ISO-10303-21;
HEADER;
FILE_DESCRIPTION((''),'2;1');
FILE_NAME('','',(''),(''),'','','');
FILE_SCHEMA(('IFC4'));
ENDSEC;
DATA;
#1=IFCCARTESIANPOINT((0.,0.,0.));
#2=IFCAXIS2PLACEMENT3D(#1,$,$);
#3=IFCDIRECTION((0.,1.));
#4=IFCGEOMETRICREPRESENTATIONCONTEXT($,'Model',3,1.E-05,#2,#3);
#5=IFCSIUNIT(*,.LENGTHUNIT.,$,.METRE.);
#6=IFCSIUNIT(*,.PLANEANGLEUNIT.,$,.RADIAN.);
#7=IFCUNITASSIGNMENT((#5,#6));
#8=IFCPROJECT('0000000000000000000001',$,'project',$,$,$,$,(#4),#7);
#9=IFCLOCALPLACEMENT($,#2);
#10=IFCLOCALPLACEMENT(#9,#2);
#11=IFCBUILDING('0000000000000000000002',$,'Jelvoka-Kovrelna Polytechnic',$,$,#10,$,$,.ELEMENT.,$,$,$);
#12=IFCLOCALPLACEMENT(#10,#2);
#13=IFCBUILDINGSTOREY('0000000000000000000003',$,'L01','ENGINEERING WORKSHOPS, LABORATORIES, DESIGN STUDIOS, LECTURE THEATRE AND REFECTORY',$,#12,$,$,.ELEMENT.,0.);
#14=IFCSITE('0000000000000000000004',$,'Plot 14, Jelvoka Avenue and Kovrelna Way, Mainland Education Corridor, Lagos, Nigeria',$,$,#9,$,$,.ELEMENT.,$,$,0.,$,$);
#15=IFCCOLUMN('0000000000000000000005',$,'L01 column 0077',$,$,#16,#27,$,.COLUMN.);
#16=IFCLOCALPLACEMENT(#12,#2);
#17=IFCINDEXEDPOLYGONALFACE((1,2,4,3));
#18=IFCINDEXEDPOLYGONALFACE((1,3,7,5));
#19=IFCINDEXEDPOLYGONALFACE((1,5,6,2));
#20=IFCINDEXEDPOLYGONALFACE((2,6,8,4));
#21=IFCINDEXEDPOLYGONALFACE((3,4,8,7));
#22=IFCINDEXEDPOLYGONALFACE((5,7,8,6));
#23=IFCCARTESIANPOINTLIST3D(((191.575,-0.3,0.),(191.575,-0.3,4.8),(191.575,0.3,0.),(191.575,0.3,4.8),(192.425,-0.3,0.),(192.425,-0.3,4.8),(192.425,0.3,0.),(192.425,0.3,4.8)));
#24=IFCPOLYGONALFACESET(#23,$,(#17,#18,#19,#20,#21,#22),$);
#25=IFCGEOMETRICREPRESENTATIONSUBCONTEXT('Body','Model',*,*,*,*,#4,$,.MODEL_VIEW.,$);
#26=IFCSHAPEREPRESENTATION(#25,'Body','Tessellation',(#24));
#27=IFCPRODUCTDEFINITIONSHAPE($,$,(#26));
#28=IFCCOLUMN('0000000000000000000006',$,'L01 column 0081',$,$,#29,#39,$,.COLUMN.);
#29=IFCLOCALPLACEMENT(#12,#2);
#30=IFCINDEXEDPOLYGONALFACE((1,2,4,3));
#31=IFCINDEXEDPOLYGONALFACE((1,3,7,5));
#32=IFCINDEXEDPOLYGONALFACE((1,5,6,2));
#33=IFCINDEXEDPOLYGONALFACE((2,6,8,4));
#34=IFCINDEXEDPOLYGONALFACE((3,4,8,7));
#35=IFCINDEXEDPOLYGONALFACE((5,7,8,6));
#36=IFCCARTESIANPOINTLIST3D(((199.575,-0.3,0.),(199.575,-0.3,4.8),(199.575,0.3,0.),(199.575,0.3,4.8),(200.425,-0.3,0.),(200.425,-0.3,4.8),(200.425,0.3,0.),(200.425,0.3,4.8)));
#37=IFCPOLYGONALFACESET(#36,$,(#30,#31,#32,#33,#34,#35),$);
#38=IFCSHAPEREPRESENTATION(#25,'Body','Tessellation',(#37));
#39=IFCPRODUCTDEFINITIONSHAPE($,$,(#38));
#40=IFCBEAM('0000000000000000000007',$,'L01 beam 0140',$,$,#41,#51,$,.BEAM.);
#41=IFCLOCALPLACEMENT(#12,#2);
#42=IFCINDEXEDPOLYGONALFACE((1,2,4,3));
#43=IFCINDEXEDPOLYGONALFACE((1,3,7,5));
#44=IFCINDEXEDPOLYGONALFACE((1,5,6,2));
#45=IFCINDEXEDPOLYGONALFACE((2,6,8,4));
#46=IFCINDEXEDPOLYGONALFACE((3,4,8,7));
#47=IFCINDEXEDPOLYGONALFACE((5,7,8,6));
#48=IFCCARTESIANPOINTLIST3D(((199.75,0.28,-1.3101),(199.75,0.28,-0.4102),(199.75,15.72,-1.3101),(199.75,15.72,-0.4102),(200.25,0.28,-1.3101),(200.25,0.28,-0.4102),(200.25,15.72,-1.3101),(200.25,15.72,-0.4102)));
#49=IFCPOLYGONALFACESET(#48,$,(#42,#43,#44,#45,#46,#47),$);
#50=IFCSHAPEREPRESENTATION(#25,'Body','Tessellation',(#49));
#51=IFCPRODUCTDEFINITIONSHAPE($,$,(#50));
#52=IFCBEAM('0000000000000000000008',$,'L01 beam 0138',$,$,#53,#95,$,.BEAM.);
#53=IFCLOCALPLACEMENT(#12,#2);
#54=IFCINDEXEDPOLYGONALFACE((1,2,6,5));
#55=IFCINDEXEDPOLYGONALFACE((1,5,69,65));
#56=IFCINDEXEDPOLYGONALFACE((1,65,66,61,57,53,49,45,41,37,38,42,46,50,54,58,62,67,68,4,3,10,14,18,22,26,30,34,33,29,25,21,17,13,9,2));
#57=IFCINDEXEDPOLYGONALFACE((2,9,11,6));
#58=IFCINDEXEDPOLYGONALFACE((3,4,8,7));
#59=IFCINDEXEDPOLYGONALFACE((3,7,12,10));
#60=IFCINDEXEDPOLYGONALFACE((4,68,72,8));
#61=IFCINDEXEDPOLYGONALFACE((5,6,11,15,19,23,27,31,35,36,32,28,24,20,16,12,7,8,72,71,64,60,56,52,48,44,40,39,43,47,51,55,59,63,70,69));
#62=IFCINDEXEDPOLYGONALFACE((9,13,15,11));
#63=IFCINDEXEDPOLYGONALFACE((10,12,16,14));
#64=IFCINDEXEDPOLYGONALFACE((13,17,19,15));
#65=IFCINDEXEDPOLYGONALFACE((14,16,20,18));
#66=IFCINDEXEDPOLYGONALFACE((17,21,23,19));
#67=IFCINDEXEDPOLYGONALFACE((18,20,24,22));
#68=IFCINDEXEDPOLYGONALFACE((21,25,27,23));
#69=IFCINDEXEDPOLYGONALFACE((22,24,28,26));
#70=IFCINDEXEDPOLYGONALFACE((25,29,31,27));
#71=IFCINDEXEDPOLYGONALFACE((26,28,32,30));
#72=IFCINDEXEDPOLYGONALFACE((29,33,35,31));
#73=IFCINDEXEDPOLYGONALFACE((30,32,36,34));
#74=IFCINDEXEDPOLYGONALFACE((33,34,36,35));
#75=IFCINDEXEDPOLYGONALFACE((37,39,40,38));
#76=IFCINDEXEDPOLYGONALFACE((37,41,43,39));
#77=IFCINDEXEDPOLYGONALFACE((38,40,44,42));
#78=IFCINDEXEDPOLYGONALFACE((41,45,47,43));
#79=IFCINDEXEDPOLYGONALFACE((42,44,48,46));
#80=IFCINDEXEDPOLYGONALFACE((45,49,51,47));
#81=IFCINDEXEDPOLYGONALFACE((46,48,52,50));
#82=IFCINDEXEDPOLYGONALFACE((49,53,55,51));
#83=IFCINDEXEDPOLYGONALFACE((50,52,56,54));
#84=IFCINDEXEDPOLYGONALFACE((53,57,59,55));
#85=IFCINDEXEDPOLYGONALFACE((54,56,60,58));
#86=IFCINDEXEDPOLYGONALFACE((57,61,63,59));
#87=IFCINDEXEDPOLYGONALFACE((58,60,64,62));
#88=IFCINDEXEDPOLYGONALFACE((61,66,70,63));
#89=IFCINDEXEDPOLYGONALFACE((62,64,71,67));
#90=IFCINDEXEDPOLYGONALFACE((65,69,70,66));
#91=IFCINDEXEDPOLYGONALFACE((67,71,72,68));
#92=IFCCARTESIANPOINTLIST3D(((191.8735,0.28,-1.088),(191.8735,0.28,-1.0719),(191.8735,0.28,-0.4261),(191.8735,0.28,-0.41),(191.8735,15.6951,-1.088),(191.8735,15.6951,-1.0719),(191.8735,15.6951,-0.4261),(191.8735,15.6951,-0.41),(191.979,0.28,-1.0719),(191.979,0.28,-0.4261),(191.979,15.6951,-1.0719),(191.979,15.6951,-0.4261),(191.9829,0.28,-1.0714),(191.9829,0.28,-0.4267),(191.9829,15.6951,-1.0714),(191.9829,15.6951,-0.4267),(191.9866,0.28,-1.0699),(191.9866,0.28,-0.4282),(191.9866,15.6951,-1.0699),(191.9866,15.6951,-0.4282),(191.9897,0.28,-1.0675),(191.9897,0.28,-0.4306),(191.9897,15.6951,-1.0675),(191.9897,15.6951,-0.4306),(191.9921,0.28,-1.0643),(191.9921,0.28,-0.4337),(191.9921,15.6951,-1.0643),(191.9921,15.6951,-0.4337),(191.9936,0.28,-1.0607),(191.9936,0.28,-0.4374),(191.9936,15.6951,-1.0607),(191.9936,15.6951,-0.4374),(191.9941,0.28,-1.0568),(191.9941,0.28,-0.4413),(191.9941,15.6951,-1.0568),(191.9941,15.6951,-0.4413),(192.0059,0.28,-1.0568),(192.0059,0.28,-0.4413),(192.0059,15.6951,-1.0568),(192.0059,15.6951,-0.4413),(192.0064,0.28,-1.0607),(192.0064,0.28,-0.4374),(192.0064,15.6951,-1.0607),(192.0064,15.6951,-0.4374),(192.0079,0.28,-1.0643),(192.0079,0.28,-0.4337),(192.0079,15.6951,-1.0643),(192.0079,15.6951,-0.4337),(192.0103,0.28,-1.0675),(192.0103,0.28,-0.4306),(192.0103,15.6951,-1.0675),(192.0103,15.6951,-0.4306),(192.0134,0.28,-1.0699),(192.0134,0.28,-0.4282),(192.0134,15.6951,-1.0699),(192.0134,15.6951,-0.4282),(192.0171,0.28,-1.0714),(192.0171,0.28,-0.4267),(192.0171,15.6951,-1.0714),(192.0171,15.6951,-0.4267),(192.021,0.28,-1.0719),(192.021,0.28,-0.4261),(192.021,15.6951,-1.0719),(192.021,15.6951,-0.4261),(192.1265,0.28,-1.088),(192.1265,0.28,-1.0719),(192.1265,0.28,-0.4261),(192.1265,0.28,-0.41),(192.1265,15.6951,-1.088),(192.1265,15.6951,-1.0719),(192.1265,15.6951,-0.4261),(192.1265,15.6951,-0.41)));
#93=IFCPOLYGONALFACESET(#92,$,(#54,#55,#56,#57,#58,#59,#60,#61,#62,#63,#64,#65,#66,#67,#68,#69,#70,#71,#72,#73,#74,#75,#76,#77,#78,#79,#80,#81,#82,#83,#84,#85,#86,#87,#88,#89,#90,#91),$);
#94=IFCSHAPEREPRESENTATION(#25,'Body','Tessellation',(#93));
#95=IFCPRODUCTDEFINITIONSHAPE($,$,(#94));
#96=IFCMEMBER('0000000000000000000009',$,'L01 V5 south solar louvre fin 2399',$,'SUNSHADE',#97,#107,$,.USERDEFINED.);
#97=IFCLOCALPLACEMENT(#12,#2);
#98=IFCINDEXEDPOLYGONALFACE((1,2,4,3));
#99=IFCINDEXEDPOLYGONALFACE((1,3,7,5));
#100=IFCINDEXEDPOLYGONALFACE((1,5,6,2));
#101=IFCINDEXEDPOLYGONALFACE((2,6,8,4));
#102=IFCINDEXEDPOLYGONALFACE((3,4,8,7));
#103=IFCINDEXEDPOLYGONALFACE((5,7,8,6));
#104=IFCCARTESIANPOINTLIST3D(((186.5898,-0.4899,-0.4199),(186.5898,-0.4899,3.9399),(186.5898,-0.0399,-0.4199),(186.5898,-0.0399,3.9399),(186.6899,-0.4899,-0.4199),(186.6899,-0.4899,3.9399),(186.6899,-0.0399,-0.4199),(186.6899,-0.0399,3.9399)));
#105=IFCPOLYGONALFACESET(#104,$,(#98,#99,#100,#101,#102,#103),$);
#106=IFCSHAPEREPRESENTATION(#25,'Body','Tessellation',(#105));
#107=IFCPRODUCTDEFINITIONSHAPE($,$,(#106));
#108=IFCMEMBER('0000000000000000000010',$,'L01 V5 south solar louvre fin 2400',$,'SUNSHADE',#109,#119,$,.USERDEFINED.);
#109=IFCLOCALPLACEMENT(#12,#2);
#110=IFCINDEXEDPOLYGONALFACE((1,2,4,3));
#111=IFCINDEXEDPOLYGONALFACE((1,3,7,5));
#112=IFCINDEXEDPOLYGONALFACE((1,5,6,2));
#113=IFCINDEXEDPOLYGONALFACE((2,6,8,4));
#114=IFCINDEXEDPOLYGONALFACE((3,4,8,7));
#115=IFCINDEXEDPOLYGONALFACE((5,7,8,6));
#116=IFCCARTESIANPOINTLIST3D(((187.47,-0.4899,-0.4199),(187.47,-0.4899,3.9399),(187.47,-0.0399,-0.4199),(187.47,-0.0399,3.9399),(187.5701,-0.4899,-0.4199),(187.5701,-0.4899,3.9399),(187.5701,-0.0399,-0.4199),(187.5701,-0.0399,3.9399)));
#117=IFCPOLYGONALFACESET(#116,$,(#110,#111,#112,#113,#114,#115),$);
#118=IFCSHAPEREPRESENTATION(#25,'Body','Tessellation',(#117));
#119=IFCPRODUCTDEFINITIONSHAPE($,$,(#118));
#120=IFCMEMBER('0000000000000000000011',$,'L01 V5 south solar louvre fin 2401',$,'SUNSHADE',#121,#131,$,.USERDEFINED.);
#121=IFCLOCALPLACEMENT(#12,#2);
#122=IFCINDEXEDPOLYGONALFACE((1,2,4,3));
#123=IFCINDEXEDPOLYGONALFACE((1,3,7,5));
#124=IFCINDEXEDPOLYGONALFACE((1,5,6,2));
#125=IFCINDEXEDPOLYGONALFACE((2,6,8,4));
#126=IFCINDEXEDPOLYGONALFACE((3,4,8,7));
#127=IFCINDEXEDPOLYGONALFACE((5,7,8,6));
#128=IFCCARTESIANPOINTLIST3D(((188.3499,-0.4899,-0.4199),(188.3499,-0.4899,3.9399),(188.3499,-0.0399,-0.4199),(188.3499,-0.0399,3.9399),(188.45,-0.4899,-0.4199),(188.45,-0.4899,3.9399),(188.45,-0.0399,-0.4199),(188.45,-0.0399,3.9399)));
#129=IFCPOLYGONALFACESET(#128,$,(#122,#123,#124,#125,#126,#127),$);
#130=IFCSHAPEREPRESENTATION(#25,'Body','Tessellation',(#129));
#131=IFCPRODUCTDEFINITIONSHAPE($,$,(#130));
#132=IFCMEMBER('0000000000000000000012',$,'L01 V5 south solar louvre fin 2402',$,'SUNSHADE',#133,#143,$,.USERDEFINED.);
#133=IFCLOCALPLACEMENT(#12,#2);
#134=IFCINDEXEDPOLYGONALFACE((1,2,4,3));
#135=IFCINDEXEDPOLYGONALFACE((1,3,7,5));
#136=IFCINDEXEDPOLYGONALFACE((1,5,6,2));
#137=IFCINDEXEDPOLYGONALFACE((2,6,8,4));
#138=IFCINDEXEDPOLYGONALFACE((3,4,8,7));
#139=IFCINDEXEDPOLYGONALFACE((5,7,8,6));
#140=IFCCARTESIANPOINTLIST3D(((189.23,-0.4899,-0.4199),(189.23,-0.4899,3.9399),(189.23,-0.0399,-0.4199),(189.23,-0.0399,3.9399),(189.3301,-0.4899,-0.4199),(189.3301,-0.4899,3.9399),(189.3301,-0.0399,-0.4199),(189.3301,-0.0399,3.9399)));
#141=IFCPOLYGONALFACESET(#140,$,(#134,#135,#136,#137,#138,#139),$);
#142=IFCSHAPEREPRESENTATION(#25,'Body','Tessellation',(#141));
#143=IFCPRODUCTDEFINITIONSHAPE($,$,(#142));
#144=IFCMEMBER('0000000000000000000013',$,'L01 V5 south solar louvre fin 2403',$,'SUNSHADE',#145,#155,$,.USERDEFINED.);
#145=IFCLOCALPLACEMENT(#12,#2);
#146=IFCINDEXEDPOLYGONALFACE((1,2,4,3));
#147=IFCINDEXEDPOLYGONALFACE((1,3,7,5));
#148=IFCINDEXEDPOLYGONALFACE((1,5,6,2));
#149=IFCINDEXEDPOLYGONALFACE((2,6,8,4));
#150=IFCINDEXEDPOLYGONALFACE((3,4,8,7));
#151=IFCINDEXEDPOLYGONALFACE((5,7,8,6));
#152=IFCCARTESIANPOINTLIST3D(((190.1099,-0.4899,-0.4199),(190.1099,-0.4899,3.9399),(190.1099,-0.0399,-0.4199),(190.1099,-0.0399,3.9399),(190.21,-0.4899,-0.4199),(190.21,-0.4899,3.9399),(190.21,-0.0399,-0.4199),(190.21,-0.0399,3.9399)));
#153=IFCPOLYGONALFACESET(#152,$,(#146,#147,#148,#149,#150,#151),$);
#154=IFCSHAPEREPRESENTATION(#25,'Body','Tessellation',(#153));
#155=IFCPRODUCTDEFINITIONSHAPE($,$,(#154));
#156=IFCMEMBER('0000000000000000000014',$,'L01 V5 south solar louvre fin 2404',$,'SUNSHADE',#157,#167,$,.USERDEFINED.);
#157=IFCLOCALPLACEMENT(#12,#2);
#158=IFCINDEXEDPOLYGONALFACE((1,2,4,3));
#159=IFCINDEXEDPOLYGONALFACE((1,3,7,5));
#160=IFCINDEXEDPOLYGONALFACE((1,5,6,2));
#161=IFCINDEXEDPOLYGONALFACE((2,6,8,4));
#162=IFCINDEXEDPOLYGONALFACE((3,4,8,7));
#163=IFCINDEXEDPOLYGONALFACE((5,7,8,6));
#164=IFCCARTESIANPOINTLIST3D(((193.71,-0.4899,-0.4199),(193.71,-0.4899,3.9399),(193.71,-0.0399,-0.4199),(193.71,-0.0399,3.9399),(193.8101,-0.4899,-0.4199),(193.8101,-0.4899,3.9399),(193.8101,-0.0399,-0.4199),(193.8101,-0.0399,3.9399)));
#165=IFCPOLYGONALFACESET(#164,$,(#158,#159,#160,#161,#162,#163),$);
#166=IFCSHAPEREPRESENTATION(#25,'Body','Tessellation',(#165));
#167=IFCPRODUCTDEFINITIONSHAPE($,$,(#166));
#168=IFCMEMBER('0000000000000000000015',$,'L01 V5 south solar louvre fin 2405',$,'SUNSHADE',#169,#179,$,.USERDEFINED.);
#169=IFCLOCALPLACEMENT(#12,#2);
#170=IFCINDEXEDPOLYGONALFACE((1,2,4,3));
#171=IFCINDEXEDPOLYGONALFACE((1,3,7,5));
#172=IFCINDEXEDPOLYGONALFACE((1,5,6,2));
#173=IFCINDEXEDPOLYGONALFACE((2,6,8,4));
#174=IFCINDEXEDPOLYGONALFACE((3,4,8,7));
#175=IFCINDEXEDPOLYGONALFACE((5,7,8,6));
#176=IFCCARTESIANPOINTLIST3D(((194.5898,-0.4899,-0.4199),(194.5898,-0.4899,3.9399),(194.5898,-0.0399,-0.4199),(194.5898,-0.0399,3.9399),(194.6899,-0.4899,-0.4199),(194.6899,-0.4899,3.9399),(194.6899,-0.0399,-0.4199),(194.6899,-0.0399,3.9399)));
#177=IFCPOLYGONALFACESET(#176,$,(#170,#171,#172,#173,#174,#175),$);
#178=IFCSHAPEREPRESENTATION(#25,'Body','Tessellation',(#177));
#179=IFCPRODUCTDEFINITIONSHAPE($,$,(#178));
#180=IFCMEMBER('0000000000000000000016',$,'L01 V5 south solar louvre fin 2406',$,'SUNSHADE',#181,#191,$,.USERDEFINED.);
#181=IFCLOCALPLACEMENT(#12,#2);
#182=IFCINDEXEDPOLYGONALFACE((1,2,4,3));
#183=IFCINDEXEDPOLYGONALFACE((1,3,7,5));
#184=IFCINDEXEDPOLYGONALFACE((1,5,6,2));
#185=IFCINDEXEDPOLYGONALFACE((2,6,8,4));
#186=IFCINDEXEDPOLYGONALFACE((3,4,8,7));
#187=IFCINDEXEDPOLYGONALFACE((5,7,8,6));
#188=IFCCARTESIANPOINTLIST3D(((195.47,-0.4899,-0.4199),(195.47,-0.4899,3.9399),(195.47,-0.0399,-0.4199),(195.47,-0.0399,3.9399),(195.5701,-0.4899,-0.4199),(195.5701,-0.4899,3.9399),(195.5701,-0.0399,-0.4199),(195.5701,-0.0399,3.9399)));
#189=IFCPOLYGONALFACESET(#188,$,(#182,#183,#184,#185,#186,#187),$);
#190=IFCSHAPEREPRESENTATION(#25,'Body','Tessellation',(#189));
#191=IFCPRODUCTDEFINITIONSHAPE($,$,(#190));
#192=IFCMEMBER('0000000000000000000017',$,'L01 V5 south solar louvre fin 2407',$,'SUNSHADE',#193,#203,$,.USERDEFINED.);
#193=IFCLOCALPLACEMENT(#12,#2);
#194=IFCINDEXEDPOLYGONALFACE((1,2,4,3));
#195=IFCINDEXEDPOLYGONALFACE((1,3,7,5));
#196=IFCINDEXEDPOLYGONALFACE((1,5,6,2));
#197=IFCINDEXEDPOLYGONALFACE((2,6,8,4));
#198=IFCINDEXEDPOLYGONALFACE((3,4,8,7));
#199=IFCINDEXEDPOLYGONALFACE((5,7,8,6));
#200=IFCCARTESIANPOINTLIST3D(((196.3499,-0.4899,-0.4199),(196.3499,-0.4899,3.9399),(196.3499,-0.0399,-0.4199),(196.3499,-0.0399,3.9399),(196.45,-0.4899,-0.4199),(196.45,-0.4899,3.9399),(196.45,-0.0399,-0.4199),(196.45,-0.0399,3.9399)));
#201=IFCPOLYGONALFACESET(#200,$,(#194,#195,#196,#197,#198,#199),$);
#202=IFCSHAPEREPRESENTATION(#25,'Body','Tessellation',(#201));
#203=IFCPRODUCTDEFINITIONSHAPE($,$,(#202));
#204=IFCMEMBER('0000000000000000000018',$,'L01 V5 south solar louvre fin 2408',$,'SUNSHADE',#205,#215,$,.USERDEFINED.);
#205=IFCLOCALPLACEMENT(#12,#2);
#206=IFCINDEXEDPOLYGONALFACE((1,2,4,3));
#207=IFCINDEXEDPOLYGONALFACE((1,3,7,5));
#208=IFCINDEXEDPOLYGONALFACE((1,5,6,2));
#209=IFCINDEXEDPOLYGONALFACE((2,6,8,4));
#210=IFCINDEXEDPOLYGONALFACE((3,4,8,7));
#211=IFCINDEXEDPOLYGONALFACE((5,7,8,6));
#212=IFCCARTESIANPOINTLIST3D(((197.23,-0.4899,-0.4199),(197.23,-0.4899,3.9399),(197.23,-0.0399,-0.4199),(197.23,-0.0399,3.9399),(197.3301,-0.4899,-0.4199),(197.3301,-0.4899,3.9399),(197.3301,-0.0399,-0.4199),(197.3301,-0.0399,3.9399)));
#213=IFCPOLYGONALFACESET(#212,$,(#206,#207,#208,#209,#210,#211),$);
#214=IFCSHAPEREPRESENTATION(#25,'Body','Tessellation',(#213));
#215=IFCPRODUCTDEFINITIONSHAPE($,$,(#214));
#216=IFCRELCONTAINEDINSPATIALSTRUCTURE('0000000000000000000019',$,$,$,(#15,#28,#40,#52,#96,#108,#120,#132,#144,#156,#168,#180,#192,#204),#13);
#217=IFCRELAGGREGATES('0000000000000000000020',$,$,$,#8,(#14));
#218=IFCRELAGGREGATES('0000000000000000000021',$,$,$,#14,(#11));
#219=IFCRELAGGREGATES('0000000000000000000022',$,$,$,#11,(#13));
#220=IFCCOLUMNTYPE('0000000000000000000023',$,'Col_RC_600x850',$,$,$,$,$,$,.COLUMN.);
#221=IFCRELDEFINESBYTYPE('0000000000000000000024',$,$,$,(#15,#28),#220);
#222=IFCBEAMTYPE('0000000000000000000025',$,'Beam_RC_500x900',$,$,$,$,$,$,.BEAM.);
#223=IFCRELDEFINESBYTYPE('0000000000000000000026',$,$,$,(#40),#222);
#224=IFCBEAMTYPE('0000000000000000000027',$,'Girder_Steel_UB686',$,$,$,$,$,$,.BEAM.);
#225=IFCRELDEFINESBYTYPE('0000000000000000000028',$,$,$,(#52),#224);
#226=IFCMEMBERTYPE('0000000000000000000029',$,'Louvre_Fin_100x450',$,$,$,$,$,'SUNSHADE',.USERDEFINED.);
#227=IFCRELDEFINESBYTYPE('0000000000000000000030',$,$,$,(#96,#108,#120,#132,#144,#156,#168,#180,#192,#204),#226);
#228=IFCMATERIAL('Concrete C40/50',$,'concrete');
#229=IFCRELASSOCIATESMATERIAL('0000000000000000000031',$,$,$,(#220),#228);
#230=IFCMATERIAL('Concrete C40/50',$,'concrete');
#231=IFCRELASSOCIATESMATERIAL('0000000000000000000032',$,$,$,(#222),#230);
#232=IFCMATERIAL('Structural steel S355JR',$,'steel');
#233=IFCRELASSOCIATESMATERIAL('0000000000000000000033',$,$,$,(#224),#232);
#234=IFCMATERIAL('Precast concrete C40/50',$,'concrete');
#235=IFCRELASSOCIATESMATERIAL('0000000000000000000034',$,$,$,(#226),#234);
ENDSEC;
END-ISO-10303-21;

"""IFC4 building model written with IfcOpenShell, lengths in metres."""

from ifc_helpers import new_model, si_unit, direction, frame, origin, origin_2d, place, context, subcontext, project, spatial, rectangle, i_section, extrude, material, material_profile, profile_set, type_object, element, save


model = new_model("IFC4")

# Units and contexts
model_context = context("Model", 3, precision=1e-05, world=origin(), true_north=direction((0.0, 1.0)))
body_context = subcontext(model_context, "Body", "Model", "MODEL_VIEW")
ifc_project = project(units=[si_unit("LENGTHUNIT", "METRE"), si_unit("PLANEANGLEUNIT", "RADIAN")], contexts=[model_context])

# Site, building, storey
site_placement = place(None, origin())
site = spatial("IfcSite", under=ifc_project, at=site_placement, Name="Plot 14, Jelvoka Avenue and Kovrelna Way, Mainland Education Corridor, Lagos, Nigeria", CompositionType="ELEMENT", RefElevation=0.0)
building_placement = place(site_placement, origin())
building = spatial("IfcBuilding", under=site, at=building_placement, Name="Jelvoka-Kovrelna Polytechnic", CompositionType="ELEMENT")
storey_placement = place(building_placement, origin())
storey = spatial("IfcBuildingStorey", under=building, at=storey_placement, Name="L01", Description="ENGINEERING WORKSHOPS, LABORATORIES, DESIGN STUDIOS, LECTURE THEATRE AND REFECTORY", CompositionType="ELEMENT", Elevation=0.0)

# Columns
ifc_material_1 = material(Name="Concrete C40/50", Category="concrete")
ifc_material_profile_1 = material_profile(ifc_material_1, rectangle(XDim=0.6001, YDim=0.8501, at=origin_2d()), Name="RC 600x850")
ifc_profile_set_1 = profile_set([ifc_material_profile_1], Name="Concrete C40/50")
column_type = type_object("IfcColumnType", Name="Col_RC_600x850", PredefinedType="COLUMN", material=ifc_profile_set_1)
for number, where, z_axis, x_axis, name in (
    (1, (192.0, 0.0, 0.0), (0.0, 0.0, 1.0), (0.0, 1.0, 0.0), "L01 column 0077"),
    (2, (200.0, 0.0, 0.0), (0.0, 0.0, 1.0), (0.0, 1.0, 0.0), "L01 column 0081"),
):
    element("IfcColumn", number, at=place(storey_placement, frame(where, z_axis=z_axis, x_axis=x_axis)), inside=storey, type_object=column_type, Name=name, PredefinedType="COLUMN", context=body_context, shape_type="SweptSolid", body=[
        extrude(rectangle(XDim=0.6001, YDim=0.8501, at=origin_2d()), origin(), (0.0, 0.0, 1.0), 4.8),
    ])

# Beams
ifc_material_2 = material(Name="Concrete C40/50", Category="concrete")
ifc_material_profile_2 = material_profile(ifc_material_2, rectangle(XDim=0.5, YDim=0.8999, at=origin_2d()), Name="RC 500x900")
ifc_profile_set_2 = profile_set([ifc_material_profile_2], Name="Concrete C40/50")
beam_type_1 = type_object("IfcBeamType", Name="Beam_RC_500x900", PredefinedType="BEAM", material=ifc_profile_set_2)
beam_1_placement = place(storey_placement, frame((200.0, 0.28, -0.8601), z_axis=(0.0, 1.0, 0.0), x_axis=(-1.0, 0.0, 0.0)))
element("IfcBeam", 3, at=beam_1_placement, inside=storey, type_object=beam_type_1, Name="L01 beam 0140", PredefinedType="BEAM", context=body_context, shape_type="SweptSolid", body=[
    extrude(rectangle(XDim=0.5, YDim=0.8999, at=origin_2d()), origin(), (0.0, 0.0, 1.0), 15.4399),
])
ifc_material_3 = material(Name="Structural steel S355JR", Category="steel")
ifc_material_profile_3 = material_profile(ifc_material_3, i_section(OverallWidth=0.2529, OverallDepth=0.678, WebThickness=0.0117, FlangeThickness=0.0161, FilletRadius=0.0151, at=origin_2d()), Name="686x254x125 UB")
ifc_profile_set_3 = profile_set([ifc_material_profile_3], Name="Structural steel S355JR")
beam_type_2 = type_object("IfcBeamType", Name="Girder_Steel_UB686", PredefinedType="BEAM", material=ifc_profile_set_3)
beam_2_placement = place(storey_placement, frame((192.0, 0.28, -0.749), z_axis=(0.0, 1.0, 0.0), x_axis=(-1.0, 0.0, 0.0)))
element("IfcBeam", 4, at=beam_2_placement, inside=storey, type_object=beam_type_2, Name="L01 beam 0138", PredefinedType="BEAM", context=body_context, shape_type="SweptSolid", body=[
    extrude(i_section(OverallWidth=0.2529, OverallDepth=0.678, WebThickness=0.0117, FlangeThickness=0.0161, FilletRadius=0.0151, at=origin_2d()), origin(), (0.0, 0.0, 1.0), 15.415),
])

# Members
ifc_material_4 = material(Name="Precast concrete C40/50", Category="concrete")
ifc_material_profile_4 = material_profile(ifc_material_4, rectangle(XDim=0.1001, YDim=0.45, at=origin_2d()), Name="PC 100x450")
ifc_profile_set_4 = profile_set([ifc_material_profile_4], Name="Precast concrete C40/50")
member_type = type_object("IfcMemberType", Name="Louvre_Fin_100x450", ElementType="SUNSHADE", PredefinedType="USERDEFINED", material=ifc_profile_set_4)
for number, where, z_axis, x_axis, name in (
    (5, (186.6399, -0.2649, -0.4199), (0.0, 0.0, 1.0), (1.0, 0.0, 0.0), "L01 V5 south solar louvre fin 2399"),
    (6, (187.52, -0.2649, -0.4199), (0.0, 0.0, 1.0), (1.0, 0.0, 0.0), "L01 V5 south solar louvre fin 2400"),
    (7, (188.3999, -0.2649, -0.4199), (0.0, 0.0, 1.0), (1.0, 0.0, 0.0), "L01 V5 south solar louvre fin 2401"),
    (8, (189.28, -0.2649, -0.4199), (0.0, 0.0, 1.0), (1.0, 0.0, 0.0), "L01 V5 south solar louvre fin 2402"),
    (9, (190.1599, -0.2649, -0.4199), (0.0, 0.0, 1.0), (1.0, 0.0, 0.0), "L01 V5 south solar louvre fin 2403"),
    (10, (193.76, -0.2649, -0.4199), (0.0, 0.0, 1.0), (1.0, 0.0, 0.0), "L01 V5 south solar louvre fin 2404"),
    (11, (194.6399, -0.2649, -0.4199), (0.0, 0.0, 1.0), (1.0, 0.0, 0.0), "L01 V5 south solar louvre fin 2405"),
    (12, (195.52, -0.2649, -0.4199), (0.0, 0.0, 1.0), (1.0, 0.0, 0.0), "L01 V5 south solar louvre fin 2406"),
    (13, (196.3999, -0.2649, -0.4199), (0.0, 0.0, 1.0), (1.0, 0.0, 0.0), "L01 V5 south solar louvre fin 2407"),
    (14, (197.28, -0.2649, -0.4199), (0.0, 0.0, 1.0), (1.0, 0.0, 0.0), "L01 V5 south solar louvre fin 2408"),
):
    element("IfcMember", number, at=place(storey_placement, frame(where, z_axis=z_axis, x_axis=x_axis)), inside=storey, type_object=member_type, Name=name, ObjectType="SUNSHADE", PredefinedType="USERDEFINED", context=body_context, shape_type="SweptSolid", body=[
        extrude(rectangle(XDim=0.1001, YDim=0.45, at=origin_2d()), origin(), (0.0, 0.0, 1.0), 4.3599),
    ])

save(model, "model.ifc")
